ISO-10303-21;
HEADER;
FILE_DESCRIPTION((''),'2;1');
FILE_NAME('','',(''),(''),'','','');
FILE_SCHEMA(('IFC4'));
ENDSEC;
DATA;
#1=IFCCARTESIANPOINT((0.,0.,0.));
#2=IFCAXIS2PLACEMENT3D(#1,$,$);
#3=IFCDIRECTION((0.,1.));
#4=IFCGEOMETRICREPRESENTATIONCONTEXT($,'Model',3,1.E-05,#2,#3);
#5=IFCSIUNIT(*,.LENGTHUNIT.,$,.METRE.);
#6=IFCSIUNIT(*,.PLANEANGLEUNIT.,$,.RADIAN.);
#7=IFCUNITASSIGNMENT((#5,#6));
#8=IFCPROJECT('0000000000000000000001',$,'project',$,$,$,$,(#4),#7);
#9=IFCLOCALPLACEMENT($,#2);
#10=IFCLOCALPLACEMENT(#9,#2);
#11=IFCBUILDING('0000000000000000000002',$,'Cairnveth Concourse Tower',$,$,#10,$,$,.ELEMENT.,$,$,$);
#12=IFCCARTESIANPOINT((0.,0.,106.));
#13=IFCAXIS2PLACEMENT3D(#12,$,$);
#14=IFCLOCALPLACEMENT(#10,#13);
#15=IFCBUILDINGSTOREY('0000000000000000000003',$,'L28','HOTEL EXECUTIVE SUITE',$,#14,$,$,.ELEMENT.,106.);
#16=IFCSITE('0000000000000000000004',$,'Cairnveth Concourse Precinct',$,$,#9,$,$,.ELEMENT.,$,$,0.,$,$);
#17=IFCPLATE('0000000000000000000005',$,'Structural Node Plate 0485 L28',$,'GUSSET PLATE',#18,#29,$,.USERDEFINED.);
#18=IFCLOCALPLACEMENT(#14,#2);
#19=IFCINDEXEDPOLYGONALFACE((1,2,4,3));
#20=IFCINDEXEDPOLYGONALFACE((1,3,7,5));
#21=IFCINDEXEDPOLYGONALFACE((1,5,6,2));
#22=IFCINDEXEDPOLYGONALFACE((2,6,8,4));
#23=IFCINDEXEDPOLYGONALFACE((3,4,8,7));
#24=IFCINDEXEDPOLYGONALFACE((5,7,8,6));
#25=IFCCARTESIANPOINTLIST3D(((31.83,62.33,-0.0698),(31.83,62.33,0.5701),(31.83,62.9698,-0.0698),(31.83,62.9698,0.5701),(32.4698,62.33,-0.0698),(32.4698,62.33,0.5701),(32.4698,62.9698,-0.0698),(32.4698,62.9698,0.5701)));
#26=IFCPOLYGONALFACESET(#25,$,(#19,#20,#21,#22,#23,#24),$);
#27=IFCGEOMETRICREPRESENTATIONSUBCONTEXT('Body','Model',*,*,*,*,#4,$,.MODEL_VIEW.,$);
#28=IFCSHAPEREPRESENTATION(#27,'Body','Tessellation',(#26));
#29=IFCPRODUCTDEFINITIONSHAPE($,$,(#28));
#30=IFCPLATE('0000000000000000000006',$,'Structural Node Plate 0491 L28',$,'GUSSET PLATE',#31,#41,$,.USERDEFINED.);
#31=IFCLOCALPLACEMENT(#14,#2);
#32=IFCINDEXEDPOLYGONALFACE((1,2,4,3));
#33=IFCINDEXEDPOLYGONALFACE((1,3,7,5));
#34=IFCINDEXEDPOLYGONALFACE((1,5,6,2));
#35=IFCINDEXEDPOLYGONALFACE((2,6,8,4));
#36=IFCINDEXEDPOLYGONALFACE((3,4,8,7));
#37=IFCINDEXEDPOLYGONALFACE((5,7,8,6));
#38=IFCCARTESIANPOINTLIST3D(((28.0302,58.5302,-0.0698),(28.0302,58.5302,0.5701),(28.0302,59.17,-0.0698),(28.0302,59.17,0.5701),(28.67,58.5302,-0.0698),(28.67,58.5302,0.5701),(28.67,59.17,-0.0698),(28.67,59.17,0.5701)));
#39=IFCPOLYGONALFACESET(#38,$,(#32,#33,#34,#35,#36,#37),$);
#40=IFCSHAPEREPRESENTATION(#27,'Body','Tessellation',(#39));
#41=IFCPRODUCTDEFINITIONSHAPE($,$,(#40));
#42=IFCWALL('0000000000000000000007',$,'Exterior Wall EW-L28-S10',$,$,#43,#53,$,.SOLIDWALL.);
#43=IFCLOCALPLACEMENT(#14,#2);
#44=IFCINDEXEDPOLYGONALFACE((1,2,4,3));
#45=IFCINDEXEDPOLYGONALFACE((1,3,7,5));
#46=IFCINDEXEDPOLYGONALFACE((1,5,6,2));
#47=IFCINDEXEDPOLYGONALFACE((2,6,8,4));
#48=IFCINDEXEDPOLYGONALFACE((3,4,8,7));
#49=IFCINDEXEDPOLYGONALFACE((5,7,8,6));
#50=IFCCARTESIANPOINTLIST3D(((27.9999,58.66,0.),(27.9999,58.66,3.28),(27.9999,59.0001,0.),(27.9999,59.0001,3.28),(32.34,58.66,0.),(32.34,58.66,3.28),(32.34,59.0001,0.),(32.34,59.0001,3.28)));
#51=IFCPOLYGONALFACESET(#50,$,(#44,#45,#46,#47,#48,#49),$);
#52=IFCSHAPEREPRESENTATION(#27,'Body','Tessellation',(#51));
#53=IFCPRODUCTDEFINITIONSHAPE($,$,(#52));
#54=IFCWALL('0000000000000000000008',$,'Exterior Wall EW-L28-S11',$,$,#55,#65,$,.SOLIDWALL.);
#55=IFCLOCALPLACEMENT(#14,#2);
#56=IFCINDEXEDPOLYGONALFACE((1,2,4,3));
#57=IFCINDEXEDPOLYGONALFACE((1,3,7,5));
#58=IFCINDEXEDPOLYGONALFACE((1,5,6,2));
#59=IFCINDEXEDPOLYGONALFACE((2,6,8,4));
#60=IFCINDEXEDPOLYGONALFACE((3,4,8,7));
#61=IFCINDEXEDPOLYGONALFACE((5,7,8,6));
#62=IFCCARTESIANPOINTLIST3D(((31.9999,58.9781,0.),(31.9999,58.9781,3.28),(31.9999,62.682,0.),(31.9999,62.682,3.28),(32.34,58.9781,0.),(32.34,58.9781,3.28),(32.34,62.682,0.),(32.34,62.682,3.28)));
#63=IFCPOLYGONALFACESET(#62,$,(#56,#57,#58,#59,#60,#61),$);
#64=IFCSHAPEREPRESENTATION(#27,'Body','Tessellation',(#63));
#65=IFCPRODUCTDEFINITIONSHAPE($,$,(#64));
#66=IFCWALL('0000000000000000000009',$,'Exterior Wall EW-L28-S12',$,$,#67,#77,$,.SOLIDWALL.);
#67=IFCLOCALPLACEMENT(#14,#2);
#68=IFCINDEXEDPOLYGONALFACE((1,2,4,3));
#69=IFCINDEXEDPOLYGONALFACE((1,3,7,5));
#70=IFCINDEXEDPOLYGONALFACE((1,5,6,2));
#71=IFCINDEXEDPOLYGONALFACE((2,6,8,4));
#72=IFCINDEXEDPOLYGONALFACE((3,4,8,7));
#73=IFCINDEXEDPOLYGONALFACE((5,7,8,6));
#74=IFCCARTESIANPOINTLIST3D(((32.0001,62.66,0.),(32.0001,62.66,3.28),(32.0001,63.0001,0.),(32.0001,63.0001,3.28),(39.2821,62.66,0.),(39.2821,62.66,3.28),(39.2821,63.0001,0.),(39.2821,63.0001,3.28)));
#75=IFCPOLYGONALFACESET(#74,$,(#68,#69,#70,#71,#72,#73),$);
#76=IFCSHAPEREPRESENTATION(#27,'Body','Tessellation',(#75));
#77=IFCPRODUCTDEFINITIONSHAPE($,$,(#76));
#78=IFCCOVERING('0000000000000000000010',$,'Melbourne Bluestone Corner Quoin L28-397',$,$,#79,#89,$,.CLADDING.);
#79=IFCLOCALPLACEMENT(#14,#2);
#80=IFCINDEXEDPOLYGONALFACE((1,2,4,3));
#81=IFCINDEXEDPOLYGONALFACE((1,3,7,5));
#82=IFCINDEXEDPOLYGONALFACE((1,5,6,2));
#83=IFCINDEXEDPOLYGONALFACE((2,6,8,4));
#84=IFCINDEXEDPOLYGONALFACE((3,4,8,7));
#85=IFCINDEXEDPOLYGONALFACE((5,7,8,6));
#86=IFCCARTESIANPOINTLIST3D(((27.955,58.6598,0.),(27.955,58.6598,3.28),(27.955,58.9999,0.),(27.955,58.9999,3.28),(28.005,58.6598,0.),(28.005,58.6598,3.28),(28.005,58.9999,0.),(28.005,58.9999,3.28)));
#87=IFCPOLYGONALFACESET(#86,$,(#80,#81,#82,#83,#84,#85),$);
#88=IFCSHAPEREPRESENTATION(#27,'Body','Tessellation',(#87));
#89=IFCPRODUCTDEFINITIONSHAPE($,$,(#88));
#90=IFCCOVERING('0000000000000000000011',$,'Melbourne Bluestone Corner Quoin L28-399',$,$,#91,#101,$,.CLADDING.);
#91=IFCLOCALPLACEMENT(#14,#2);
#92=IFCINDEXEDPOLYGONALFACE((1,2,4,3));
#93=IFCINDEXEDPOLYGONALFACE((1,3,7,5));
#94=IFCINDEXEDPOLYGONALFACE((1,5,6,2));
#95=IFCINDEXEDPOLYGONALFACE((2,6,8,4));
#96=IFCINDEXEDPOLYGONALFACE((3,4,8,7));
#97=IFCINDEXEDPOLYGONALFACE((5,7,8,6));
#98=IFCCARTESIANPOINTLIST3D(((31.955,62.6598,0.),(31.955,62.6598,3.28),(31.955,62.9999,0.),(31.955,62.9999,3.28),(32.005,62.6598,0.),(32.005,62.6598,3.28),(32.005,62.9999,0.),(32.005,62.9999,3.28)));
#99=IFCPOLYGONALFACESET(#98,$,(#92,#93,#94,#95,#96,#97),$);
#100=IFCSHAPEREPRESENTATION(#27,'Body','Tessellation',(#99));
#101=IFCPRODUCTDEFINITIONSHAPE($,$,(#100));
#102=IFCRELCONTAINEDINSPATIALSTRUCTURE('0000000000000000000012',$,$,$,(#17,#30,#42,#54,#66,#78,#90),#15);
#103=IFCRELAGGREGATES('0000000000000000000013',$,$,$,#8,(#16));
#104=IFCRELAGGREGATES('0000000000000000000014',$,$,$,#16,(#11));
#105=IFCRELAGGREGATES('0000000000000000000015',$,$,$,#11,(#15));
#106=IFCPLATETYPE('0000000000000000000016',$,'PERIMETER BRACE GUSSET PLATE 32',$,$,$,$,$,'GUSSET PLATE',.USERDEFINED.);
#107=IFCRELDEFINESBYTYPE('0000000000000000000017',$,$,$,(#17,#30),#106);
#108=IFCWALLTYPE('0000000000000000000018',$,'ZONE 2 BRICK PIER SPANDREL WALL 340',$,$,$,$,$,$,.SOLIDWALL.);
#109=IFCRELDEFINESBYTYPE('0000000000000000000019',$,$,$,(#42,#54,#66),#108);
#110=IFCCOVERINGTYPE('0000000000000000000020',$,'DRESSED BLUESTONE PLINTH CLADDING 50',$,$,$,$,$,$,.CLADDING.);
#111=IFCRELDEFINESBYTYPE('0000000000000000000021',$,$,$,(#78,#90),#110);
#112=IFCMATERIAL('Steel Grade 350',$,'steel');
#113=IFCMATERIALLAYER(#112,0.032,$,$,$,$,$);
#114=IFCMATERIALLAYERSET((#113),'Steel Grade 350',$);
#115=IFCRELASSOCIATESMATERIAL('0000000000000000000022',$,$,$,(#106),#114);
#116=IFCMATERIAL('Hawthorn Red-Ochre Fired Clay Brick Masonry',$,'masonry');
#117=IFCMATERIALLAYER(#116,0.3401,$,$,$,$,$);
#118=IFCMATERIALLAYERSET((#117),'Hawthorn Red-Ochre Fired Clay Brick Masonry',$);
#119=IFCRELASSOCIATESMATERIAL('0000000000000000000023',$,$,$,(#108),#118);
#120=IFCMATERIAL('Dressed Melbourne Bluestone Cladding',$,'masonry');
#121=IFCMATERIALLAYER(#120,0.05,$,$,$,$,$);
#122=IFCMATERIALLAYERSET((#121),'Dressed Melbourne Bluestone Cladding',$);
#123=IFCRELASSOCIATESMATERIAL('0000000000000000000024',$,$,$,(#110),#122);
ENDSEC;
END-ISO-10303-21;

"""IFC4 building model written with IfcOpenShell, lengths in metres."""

from ifc_helpers import new_model, si_unit, direction, frame, frame_2d, origin, origin_2d, place, context, subcontext, project, spatial, rectangle, extrude, material, layer, layer_set, type_object, element, save


model = new_model("IFC4")

# Units and contexts
model_context = context("Model", 3, precision=1e-05, world=origin(), true_north=direction((0.0, 1.0)))
body_context = subcontext(model_context, "Body", "Model", "MODEL_VIEW")
ifc_project = project(units=[si_unit("LENGTHUNIT", "METRE"), si_unit("PLANEANGLEUNIT", "RADIAN")], contexts=[model_context])

# Site, building, storey
site_placement = place(None, origin())
site = spatial("IfcSite", under=ifc_project, at=site_placement, Name="Cairnveth Concourse Precinct", CompositionType="ELEMENT", RefElevation=0.0)
building_placement = place(site_placement, origin())
building = spatial("IfcBuilding", under=site, at=building_placement, Name="Cairnveth Concourse Tower", CompositionType="ELEMENT")
storey_placement = place(building_placement, frame((0.0, 0.0, 106.0)))
storey = spatial("IfcBuildingStorey", under=building, at=storey_placement, Name="L28", Description="HOTEL EXECUTIVE SUITE", CompositionType="ELEMENT", Elevation=106.0)

# Shared definitions
ifc_material_1 = material(Name="Steel Grade 350", Category="steel")

# Plates
ifc_layer_1 = layer(ifc_material_1, 0.032)
ifc_layer_set_1 = layer_set([ifc_layer_1], Name="Steel Grade 350")
plate_type = type_object("IfcPlateType", Name="PERIMETER BRACE GUSSET PLATE 32", ElementType="GUSSET PLATE", PredefinedType="USERDEFINED", material=ifc_layer_set_1)
for number, where, z_axis, x_axis, name in (
    (1, (32.1499, 62.6499, -0.0698), (0.0, 0.0, 1.0), (1.0, 0.0, 0.0), "Structural Node Plate 0485 L28"),
    (2, (28.3501, 58.8501, -0.0698), (0.0, 0.0, 1.0), (1.0, 0.0, 0.0), "Structural Node Plate 0491 L28"),
):
    element("IfcPlate", number, at=place(storey_placement, frame(where, z_axis=z_axis, x_axis=x_axis)), inside=storey, type_object=plate_type, Name=name, ObjectType="GUSSET PLATE", PredefinedType="USERDEFINED", context=body_context, shape_type="SweptSolid", body=[
        extrude(rectangle(XDim=0.6399, YDim=0.6399, at=origin_2d()), origin(), (0.0, 0.0, 1.0), 0.6399),
    ])

# Walls
ifc_material_2 = material(Name="Hawthorn Red-Ochre Fired Clay Brick Masonry", Category="masonry")
ifc_layer_2 = layer(ifc_material_2, 0.3401)
ifc_layer_set_2 = layer_set([ifc_layer_2], Name="Hawthorn Red-Ochre Fired Clay Brick Masonry")
wall_type = type_object("IfcWallType", Name="ZONE 2 BRICK PIER SPANDREL WALL 340", PredefinedType="SOLIDWALL", material=ifc_layer_set_2)
wall_1_placement = place(storey_placement, frame((28.0, 58.8301, 0.0), z_axis=(0.0, 0.0, 1.0), x_axis=(1.0, 0.0, 0.0)))
element("IfcWall", 3, at=wall_1_placement, inside=storey, type_object=wall_type, Name="Exterior Wall EW-L28-S10", PredefinedType="SOLIDWALL", context=body_context, shape_type="SweptSolid", body=[
    extrude(rectangle(XDim=4.3401, YDim=0.3401, at=frame_2d((2.1699, 0.0))), origin(), (0.0, 0.0, 1.0), 3.28),
])
wall_2_placement = place(storey_placement, frame((32.1699, 58.978, 0.0), z_axis=(0.0, 0.0, 1.0), x_axis=(0.0, 1.0, 0.0)))
element("IfcWall", 4, at=wall_2_placement, inside=storey, type_object=wall_type, Name="Exterior Wall EW-L28-S11", PredefinedType="SOLIDWALL", context=body_context, shape_type="SweptSolid", body=[
    extrude(rectangle(XDim=3.7039, YDim=0.3401, at=frame_2d((1.8521, 0.0))), origin(), (0.0, 0.0, 1.0), 3.28),
])
wall_3_placement = place(storey_placement, frame((32.0, 62.8301, 0.0), z_axis=(0.0, 0.0, 1.0), x_axis=(1.0, 0.0, 0.0)))
element("IfcWall", 5, at=wall_3_placement, inside=storey, type_object=wall_type, Name="Exterior Wall EW-L28-S12", PredefinedType="SOLIDWALL", context=body_context, shape_type="SweptSolid", body=[
    extrude(rectangle(XDim=7.282, YDim=0.3401, at=frame_2d((3.6411, 0.0))), origin(), (0.0, 0.0, 1.0), 3.28),
])

# Coverings
ifc_material_3 = material(Name="Dressed Melbourne Bluestone Cladding", Category="masonry")
ifc_layer_3 = layer(ifc_material_3, 0.05)
ifc_layer_set_3 = layer_set([ifc_layer_3], Name="Dressed Melbourne Bluestone Cladding")
covering_type = type_object("IfcCoveringType", Name="DRESSED BLUESTONE PLINTH CLADDING 50", PredefinedType="CLADDING", material=ifc_layer_set_3)
for number, where, z_axis, x_axis, name in (
    (6, (27.98, 58.6599, 0.0), (0.0, 0.0, 1.0), (0.0, 1.0, 0.0), "Melbourne Bluestone Corner Quoin L28-397"),
    (7, (31.98, 62.6599, 0.0), (0.0, 0.0, 1.0), (0.0, 1.0, 0.0), "Melbourne Bluestone Corner Quoin L28-399"),
):
    element("IfcCovering", number, at=place(storey_placement, frame(where, z_axis=z_axis, x_axis=x_axis)), inside=storey, type_object=covering_type, Name=name, PredefinedType="CLADDING", context=body_context, shape_type="SweptSolid", body=[
        extrude(rectangle(XDim=0.3401, YDim=0.05, at=frame_2d((0.1699, 0.0))), origin(), (0.0, 0.0, 1.0), 3.28),
    ])

save(model, "model.ifc")
